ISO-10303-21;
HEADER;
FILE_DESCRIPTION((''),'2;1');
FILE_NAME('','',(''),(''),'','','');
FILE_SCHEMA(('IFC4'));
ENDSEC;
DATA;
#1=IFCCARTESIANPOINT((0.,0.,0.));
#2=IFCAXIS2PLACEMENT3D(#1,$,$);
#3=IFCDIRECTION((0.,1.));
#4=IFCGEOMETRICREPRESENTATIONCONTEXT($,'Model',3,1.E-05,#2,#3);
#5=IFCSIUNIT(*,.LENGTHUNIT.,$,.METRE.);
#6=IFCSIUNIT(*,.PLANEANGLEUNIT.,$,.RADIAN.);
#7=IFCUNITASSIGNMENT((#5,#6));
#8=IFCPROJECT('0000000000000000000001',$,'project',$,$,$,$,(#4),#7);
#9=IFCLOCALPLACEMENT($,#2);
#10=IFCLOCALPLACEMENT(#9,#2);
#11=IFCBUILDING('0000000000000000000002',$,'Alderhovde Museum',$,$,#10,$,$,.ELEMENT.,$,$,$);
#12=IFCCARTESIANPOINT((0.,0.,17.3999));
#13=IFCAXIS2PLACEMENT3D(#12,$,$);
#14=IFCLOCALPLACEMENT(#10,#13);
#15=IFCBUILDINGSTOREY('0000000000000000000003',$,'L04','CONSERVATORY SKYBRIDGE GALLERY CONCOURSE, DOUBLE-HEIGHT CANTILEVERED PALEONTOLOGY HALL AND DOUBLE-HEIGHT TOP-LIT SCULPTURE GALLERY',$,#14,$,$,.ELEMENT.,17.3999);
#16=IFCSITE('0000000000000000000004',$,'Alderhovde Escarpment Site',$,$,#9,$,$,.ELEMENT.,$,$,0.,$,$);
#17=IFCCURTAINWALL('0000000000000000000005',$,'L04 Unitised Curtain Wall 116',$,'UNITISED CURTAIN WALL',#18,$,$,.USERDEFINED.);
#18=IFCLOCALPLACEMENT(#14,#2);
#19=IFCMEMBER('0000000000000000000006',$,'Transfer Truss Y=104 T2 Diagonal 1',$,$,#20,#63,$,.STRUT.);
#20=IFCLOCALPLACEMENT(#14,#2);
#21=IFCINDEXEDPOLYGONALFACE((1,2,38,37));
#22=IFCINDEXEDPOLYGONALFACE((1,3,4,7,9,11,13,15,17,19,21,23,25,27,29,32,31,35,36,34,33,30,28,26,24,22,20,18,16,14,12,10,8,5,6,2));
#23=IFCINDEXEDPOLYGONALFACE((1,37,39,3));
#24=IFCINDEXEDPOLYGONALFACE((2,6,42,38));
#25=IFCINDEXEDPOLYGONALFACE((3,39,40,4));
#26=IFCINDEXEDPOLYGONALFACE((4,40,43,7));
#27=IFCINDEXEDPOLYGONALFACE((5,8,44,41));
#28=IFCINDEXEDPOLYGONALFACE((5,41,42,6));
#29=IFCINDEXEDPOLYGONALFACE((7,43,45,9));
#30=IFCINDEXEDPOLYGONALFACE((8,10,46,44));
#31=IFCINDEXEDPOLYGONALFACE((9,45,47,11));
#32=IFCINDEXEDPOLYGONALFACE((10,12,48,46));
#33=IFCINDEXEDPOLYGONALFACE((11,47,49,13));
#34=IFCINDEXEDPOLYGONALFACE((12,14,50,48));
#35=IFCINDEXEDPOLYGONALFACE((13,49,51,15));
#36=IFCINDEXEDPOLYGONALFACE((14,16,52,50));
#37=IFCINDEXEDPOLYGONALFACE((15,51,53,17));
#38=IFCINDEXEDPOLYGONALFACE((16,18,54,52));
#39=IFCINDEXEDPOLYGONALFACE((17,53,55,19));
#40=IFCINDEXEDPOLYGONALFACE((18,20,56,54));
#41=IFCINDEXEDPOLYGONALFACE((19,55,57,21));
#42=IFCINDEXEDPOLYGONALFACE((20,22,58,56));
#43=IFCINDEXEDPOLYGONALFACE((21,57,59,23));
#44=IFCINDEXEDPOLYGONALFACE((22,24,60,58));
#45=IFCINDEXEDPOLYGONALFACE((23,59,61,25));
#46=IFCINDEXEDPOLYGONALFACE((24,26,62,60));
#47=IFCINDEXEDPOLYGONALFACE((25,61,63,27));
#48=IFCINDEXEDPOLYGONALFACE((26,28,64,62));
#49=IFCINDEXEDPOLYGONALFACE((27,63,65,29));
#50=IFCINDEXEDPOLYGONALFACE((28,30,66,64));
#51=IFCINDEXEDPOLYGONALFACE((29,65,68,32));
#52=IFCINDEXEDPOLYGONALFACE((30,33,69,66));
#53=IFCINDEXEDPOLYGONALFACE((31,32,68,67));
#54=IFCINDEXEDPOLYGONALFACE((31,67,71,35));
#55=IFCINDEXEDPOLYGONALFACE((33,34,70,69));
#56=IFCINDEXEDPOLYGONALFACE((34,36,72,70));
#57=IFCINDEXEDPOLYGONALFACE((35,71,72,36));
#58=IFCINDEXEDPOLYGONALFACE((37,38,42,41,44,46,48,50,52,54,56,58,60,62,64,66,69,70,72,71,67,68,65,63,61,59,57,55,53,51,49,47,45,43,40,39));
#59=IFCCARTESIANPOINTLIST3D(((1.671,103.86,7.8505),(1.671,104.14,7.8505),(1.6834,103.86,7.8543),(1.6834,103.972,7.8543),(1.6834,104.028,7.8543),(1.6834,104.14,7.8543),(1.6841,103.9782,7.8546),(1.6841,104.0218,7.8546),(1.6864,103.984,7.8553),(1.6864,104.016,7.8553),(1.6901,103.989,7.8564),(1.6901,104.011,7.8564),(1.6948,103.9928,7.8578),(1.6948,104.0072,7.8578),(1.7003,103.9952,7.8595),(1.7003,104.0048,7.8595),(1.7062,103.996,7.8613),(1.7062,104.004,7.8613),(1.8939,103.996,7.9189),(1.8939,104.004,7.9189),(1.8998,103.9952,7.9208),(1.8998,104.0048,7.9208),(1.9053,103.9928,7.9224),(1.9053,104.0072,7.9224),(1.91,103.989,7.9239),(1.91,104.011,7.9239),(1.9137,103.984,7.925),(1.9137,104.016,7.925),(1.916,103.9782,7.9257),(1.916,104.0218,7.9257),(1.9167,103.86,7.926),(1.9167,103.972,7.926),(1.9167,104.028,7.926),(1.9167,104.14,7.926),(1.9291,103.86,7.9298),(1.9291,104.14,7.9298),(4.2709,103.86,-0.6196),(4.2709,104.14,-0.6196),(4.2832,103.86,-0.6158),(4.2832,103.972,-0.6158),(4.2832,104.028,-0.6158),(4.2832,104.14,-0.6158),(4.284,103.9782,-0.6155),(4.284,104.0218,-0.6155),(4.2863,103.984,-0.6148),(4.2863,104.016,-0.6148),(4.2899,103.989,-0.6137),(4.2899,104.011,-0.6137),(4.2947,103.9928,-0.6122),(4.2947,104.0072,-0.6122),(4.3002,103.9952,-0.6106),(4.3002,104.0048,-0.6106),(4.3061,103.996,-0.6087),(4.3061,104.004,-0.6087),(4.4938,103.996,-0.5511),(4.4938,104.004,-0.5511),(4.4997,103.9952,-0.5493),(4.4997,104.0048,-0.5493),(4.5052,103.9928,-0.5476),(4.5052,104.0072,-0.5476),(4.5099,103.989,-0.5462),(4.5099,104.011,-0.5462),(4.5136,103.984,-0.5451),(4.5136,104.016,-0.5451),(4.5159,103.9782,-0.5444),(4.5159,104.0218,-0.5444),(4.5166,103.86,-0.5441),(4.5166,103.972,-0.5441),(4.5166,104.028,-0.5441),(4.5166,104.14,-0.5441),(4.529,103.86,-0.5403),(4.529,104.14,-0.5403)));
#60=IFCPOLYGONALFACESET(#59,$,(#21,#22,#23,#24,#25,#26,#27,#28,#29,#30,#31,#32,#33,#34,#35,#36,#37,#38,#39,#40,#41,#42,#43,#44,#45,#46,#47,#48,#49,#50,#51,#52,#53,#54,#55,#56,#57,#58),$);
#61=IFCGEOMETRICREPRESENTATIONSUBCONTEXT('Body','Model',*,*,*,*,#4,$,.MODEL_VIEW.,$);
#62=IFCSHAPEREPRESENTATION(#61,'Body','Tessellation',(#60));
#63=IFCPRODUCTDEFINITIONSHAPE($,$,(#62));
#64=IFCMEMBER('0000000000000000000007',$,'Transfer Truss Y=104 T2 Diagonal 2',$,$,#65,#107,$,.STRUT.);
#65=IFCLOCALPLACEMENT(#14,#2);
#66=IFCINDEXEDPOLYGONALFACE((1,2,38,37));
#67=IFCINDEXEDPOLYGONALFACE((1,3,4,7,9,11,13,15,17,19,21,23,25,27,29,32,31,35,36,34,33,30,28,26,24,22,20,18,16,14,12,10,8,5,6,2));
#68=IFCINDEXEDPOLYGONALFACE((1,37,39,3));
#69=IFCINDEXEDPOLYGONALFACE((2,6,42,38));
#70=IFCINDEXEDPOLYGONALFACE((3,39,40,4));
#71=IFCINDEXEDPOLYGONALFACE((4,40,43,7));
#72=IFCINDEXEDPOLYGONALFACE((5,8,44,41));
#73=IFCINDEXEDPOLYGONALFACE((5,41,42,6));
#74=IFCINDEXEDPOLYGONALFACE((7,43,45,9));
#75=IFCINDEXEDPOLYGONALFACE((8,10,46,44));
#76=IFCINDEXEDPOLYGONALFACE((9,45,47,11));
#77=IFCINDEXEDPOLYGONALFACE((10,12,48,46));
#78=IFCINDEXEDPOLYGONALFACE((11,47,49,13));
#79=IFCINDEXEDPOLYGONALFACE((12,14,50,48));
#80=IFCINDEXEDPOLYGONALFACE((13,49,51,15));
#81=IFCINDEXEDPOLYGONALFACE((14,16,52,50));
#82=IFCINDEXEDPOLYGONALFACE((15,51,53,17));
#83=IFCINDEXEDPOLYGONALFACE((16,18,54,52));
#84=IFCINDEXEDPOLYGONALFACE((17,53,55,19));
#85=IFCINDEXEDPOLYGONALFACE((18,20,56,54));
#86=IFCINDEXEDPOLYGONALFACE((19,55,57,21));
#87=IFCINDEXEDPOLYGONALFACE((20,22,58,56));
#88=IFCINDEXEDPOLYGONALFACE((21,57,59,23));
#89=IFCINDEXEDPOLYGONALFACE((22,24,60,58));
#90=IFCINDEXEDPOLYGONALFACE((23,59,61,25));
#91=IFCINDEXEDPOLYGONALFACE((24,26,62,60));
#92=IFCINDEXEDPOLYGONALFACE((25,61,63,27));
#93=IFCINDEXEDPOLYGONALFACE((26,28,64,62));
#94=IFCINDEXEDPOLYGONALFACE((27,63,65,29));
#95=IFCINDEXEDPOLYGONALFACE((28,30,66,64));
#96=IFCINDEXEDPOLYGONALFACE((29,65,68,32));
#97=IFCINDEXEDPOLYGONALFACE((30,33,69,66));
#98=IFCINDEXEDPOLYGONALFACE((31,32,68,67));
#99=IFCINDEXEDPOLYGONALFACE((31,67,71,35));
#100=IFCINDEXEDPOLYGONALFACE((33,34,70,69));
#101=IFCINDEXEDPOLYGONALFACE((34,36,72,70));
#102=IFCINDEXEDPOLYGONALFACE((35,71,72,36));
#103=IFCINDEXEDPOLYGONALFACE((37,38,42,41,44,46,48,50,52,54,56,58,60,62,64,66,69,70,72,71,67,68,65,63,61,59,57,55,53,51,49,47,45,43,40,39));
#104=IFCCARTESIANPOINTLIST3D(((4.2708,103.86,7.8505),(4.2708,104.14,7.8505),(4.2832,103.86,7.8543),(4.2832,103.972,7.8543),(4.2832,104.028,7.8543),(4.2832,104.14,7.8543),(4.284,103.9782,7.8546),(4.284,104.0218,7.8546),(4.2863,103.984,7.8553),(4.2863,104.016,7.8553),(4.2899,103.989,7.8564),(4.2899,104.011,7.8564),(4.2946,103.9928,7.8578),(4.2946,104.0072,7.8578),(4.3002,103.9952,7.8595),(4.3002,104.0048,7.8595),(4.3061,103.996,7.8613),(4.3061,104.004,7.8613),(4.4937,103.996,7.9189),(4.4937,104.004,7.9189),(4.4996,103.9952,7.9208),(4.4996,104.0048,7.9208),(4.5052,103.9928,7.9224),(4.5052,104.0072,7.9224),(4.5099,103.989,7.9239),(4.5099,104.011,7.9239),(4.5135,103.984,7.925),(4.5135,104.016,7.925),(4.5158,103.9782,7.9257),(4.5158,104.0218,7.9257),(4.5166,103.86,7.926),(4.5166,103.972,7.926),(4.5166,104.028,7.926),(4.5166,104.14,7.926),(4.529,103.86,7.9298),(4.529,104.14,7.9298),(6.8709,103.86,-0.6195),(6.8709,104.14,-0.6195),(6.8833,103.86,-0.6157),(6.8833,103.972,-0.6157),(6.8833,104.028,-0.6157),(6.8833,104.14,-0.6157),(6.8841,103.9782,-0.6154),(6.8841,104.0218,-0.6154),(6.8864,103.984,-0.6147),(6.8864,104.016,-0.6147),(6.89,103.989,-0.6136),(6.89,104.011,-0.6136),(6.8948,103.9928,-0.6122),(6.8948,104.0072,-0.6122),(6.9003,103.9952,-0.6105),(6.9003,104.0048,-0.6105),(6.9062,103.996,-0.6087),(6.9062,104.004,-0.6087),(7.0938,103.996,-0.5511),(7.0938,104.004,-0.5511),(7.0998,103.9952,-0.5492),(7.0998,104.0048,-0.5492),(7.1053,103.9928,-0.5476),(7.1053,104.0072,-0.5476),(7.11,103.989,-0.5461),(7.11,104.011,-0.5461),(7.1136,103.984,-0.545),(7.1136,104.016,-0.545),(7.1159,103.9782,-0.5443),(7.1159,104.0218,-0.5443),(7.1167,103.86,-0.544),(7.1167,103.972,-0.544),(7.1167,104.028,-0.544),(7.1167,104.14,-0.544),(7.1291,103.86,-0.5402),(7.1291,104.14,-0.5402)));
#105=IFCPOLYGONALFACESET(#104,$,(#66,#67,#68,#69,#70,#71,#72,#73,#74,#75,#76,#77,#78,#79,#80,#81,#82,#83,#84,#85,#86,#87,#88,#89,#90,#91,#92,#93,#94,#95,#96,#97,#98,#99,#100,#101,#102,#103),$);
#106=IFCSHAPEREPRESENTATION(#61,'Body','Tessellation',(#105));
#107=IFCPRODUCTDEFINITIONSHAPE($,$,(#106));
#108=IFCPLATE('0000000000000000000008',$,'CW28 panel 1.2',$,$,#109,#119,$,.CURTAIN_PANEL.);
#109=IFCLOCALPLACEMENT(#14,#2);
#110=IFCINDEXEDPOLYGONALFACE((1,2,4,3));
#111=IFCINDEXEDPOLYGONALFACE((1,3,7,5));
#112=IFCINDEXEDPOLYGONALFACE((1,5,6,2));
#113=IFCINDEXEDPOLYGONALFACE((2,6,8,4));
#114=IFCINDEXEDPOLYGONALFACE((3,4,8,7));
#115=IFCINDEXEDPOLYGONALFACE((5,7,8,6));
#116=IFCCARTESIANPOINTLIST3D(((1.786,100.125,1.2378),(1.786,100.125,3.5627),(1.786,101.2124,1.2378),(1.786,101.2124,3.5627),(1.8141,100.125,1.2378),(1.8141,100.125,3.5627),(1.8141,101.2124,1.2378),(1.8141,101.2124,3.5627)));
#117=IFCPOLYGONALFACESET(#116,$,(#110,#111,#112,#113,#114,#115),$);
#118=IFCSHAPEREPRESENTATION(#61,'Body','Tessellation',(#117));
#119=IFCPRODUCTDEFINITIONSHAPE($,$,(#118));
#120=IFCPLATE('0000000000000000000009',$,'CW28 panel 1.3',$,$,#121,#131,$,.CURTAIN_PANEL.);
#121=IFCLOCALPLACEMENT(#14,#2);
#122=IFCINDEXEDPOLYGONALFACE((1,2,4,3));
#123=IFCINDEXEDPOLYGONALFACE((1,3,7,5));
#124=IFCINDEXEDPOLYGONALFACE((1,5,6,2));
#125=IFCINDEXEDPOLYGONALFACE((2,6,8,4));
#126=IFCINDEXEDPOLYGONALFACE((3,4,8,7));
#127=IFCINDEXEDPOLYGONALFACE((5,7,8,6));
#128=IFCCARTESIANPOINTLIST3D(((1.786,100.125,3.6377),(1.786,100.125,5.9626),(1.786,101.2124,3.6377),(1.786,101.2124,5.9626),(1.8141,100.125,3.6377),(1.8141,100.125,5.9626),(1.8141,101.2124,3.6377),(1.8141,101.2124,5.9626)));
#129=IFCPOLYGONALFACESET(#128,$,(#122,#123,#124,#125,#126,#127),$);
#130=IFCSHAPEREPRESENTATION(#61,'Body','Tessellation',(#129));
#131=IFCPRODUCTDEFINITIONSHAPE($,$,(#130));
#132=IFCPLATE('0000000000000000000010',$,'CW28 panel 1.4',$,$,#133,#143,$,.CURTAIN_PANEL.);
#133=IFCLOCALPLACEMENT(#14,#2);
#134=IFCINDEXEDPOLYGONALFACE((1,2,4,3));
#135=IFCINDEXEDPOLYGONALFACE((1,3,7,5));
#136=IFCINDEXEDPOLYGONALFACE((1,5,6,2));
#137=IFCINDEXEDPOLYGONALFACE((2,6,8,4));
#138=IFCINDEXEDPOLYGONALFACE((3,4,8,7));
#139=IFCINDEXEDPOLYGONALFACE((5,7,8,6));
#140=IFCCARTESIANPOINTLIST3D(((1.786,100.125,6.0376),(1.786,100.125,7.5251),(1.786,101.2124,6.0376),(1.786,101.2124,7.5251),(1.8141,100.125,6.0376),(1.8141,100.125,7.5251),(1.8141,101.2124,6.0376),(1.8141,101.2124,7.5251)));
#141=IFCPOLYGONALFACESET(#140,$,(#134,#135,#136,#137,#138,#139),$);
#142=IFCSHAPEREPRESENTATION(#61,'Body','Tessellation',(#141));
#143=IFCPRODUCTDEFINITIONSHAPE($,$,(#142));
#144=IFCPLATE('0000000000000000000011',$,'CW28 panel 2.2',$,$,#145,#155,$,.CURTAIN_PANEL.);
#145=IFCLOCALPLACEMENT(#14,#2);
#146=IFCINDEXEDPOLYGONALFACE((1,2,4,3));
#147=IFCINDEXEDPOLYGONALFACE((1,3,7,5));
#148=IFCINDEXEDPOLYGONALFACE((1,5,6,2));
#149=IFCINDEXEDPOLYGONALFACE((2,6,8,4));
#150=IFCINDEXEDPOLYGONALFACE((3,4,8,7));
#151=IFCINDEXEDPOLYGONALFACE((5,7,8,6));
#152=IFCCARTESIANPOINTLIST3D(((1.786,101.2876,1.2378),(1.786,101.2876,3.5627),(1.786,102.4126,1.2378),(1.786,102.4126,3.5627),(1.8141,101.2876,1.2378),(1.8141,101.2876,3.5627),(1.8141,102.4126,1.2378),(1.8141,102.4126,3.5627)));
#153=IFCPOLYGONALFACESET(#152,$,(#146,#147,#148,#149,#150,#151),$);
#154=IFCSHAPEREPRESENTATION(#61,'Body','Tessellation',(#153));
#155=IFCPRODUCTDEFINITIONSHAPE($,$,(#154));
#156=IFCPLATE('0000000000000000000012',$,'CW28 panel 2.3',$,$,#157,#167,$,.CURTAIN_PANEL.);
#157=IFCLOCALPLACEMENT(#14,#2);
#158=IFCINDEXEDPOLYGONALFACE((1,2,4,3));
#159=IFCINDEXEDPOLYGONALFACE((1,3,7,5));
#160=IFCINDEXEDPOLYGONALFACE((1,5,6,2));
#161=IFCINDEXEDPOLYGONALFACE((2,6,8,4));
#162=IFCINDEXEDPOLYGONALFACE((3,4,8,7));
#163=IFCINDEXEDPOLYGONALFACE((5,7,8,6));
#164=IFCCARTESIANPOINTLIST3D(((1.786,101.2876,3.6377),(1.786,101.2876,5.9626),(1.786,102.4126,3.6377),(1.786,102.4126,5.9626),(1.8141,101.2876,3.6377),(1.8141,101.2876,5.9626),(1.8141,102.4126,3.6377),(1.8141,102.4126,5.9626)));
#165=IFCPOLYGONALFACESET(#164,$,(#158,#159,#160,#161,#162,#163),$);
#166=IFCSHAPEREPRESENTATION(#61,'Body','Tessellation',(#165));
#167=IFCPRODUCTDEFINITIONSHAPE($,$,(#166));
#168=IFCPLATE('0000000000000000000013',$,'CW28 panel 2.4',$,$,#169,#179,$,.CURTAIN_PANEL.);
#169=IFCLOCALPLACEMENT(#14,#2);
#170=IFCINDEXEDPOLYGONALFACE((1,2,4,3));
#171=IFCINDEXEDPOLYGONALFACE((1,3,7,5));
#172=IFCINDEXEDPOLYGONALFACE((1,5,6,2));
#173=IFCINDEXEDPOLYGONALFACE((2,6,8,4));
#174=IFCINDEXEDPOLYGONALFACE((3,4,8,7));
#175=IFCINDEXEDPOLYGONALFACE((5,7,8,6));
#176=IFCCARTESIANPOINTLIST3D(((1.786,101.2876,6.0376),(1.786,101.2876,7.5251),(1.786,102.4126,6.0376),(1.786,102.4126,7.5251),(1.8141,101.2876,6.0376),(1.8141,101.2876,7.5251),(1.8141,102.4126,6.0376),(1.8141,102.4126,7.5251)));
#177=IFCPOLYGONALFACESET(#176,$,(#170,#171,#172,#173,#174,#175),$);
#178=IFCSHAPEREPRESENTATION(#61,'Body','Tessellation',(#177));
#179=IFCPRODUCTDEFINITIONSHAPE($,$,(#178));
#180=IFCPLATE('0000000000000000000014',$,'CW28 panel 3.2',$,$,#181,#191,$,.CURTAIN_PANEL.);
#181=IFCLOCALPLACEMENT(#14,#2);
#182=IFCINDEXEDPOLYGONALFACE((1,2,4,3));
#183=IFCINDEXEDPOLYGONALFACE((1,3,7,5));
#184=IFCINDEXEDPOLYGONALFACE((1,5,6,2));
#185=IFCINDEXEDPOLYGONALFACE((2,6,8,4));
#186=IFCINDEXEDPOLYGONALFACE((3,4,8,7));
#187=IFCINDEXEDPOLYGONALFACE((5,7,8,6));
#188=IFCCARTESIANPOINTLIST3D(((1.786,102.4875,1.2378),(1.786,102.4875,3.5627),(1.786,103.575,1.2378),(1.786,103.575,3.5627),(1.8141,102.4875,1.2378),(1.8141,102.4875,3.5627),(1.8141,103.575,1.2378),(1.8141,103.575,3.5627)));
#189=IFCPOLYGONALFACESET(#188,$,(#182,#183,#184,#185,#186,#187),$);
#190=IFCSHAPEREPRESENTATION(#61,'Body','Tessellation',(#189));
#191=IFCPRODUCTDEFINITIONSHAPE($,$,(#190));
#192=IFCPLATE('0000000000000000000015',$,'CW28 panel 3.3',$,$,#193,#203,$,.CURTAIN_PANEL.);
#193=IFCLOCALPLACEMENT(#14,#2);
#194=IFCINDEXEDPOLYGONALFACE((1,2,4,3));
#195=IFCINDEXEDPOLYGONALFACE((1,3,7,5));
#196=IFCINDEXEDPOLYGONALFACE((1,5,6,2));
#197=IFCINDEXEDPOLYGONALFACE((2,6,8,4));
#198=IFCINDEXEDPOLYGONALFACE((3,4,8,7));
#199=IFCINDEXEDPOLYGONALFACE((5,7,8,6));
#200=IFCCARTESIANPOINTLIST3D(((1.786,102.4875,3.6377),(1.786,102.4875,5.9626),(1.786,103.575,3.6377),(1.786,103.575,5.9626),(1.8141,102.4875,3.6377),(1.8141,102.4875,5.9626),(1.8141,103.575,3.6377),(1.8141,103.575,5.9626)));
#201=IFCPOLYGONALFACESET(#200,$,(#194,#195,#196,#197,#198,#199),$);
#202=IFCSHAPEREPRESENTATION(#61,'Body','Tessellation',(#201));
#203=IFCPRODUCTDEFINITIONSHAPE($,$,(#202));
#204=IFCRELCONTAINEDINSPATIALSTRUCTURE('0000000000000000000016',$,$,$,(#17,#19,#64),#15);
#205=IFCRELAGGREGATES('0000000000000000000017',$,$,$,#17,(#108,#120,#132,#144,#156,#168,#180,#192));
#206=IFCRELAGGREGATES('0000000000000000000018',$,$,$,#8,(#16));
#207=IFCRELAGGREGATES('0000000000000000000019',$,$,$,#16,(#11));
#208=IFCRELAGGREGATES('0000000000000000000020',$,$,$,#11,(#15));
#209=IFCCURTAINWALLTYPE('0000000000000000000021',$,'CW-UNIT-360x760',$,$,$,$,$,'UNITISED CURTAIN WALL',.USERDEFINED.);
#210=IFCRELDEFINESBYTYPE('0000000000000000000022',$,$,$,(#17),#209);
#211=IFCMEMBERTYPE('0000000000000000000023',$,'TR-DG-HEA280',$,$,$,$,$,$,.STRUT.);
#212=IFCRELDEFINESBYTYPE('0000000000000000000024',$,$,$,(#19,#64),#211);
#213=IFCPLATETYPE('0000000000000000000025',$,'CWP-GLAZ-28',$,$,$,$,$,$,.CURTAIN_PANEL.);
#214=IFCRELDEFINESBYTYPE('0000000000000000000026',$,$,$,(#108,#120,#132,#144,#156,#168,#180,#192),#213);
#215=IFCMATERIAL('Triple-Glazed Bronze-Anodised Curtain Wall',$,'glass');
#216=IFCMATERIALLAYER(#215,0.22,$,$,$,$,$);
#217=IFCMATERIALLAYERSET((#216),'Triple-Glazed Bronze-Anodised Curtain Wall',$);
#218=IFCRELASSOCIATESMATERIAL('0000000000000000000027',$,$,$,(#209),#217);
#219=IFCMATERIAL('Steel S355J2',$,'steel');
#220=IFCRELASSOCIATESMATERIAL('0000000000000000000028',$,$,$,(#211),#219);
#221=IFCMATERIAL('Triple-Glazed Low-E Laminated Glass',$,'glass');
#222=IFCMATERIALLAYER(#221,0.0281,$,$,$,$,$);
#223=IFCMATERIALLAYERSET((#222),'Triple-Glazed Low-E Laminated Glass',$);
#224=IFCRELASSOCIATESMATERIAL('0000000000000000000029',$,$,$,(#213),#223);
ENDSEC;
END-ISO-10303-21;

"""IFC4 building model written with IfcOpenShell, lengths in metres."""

from ifc_helpers import new_model, si_unit, direction, frame, origin, origin_2d, place, context, subcontext, project, spatial, rectangle, i_section, extrude, material, layer, layer_set, material_profile, profile_set, type_object, element, aggregate, save


model = new_model("IFC4")

# Units and contexts
model_context = context("Model", 3, precision=1e-05, world=origin(), true_north=direction((0.0, 1.0)))
body_context = subcontext(model_context, "Body", "Model", "MODEL_VIEW")
ifc_project = project(units=[si_unit("LENGTHUNIT", "METRE"), si_unit("PLANEANGLEUNIT", "RADIAN")], contexts=[model_context])

# Site, building, storey
site_placement = place(None, origin())
site = spatial("IfcSite", under=ifc_project, at=site_placement, Name="Alderhovde Escarpment Site", CompositionType="ELEMENT", RefElevation=0.0)
building_placement = place(site_placement, origin())
building = spatial("IfcBuilding", under=site, at=building_placement, Name="Alderhovde Museum", CompositionType="ELEMENT")
storey_placement = place(building_placement, frame((0.0, 0.0, 17.3999)))
storey = spatial("IfcBuildingStorey", under=building, at=storey_placement, Name="L04", Description="CONSERVATORY SKYBRIDGE GALLERY CONCOURSE, DOUBLE-HEIGHT CANTILEVERED PALEONTOLOGY HALL AND DOUBLE-HEIGHT TOP-LIT SCULPTURE GALLERY", CompositionType="ELEMENT", Elevation=17.3999)

# Curtain wall
ifc_material_1 = material(Name="Triple-Glazed Bronze-Anodised Curtain Wall", Category="glass")
ifc_layer_1 = layer(ifc_material_1, 0.22)
ifc_layer_set_1 = layer_set([ifc_layer_1], Name="Triple-Glazed Bronze-Anodised Curtain Wall")
curtain_wall_type_1 = type_object("IfcCurtainWallType", Name="CW-UNIT-360x760", ElementType="UNITISED CURTAIN WALL", PredefinedType="USERDEFINED", material=ifc_layer_set_1)
curtain_wall_1_placement = place(storey_placement, origin())
curtain_wall_1 = element("IfcCurtainWall", 1, at=curtain_wall_1_placement, inside=storey, type_object=curtain_wall_type_1, Name="L04 Unitised Curtain Wall 116", ObjectType="UNITISED CURTAIN WALL", PredefinedType="USERDEFINED")

# Members
ifc_material_2 = material(Name="Steel S355J2", Category="steel")
ifc_material_profile_1 = material_profile(ifc_material_2, i_section(OverallWidth=0.28, OverallDepth=0.27, WebThickness=0.0081, FlangeThickness=0.0129, FilletRadius=0.0239, at=origin_2d()), Name="HEA 280")
ifc_profile_set_1 = profile_set([ifc_material_profile_1], Name="Steel S355J2")
member_type_1 = type_object("IfcMemberType", Name="TR-DG-HEA280", PredefinedType="STRUT", material=ifc_profile_set_1)
for number, where, z_axis, x_axis, name in (
    (2, (1.8, 104.0, 7.8901), (0.293437, 0.0, -0.955978), (0.0, 1.0, 0.0), "Transfer Truss Y=104 T2 Diagonal 1"),
    (3, (4.3999, 104.0, 7.8901), (0.293462, 0.0, -0.955971), (0.0, 1.0, 0.0), "Transfer Truss Y=104 T2 Diagonal 2"),
):
    element("IfcMember", number, at=place(storey_placement, frame(where, z_axis=z_axis, x_axis=x_axis)), inside=storey, type_object=member_type_1, Name=name, PredefinedType="STRUT", context=body_context, shape_type="SweptSolid", body=[
        extrude(i_section(OverallWidth=0.28, OverallDepth=0.27, WebThickness=0.0081, FlangeThickness=0.0129, FilletRadius=0.0239, at=origin_2d()), origin(), (0.0, 0.0, 1.0), 8.8601),
    ])

# Plates
ifc_material_3 = material(Name="Triple-Glazed Low-E Laminated Glass", Category="glass")
ifc_layer_2 = layer(ifc_material_3, 0.0281)
ifc_layer_set_2 = layer_set([ifc_layer_2], Name="Triple-Glazed Low-E Laminated Glass")
plate_type_1 = type_object("IfcPlateType", Name="CWP-GLAZ-28", PredefinedType="CURTAIN_PANEL", material=ifc_layer_set_2)
plate_1_placement = place(storey_placement, frame((1.8, 100.6687, 1.2378), z_axis=(0.0, 0.0, 1.0), x_axis=(0.0, 1.0, 0.0)))
plate_1 = element("IfcPlate", 4, at=plate_1_placement, type_object=plate_type_1, Name="CW28 panel 1.2", PredefinedType="CURTAIN_PANEL", context=body_context, shape_type="SweptSolid", body=[
    extrude(rectangle(XDim=1.0874, YDim=0.0281, at=origin_2d()), origin(), (0.0, 0.0, 1.0), 2.325),
])
plate_2_placement = place(storey_placement, frame((1.8, 100.6687, 3.6377), z_axis=(0.0, 0.0, 1.0), x_axis=(0.0, 1.0, 0.0)))
plate_2 = element("IfcPlate", 5, at=plate_2_placement, type_object=plate_type_1, Name="CW28 panel 1.3", PredefinedType="CURTAIN_PANEL", context=body_context, shape_type="SweptSolid", body=[
    extrude(rectangle(XDim=1.0874, YDim=0.0281, at=origin_2d()), origin(), (0.0, 0.0, 1.0), 2.325),
])
plate_3_placement = place(storey_placement, frame((1.8, 100.6687, 6.0376), z_axis=(0.0, 0.0, 1.0), x_axis=(0.0, 1.0, 0.0)))
plate_3 = element("IfcPlate", 6, at=plate_3_placement, type_object=plate_type_1, Name="CW28 panel 1.4", PredefinedType="CURTAIN_PANEL", context=body_context, shape_type="SweptSolid", body=[
    extrude(rectangle(XDim=1.0874, YDim=0.0281, at=origin_2d()), origin(), (0.0, 0.0, 1.0), 1.4875),
])
plate_4_placement = place(storey_placement, frame((1.8, 101.8501, 1.2378), z_axis=(0.0, 0.0, 1.0), x_axis=(0.0, 1.0, 0.0)))
plate_4 = element("IfcPlate", 7, at=plate_4_placement, type_object=plate_type_1, Name="CW28 panel 2.2", PredefinedType="CURTAIN_PANEL", context=body_context, shape_type="SweptSolid", body=[
    extrude(rectangle(XDim=1.125, YDim=0.0281, at=origin_2d()), origin(), (0.0, 0.0, 1.0), 2.325),
])
plate_5_placement = place(storey_placement, frame((1.8, 101.8501, 3.6377), z_axis=(0.0, 0.0, 1.0), x_axis=(0.0, 1.0, 0.0)))
plate_5 = element("IfcPlate", 8, at=plate_5_placement, type_object=plate_type_1, Name="CW28 panel 2.3", PredefinedType="CURTAIN_PANEL", context=body_context, shape_type="SweptSolid", body=[
    extrude(rectangle(XDim=1.125, YDim=0.0281, at=origin_2d()), origin(), (0.0, 0.0, 1.0), 2.325),
])
plate_6_placement = place(storey_placement, frame((1.8, 101.8501, 6.0376), z_axis=(0.0, 0.0, 1.0), x_axis=(0.0, 1.0, 0.0)))
plate_6 = element("IfcPlate", 9, at=plate_6_placement, type_object=plate_type_1, Name="CW28 panel 2.4", PredefinedType="CURTAIN_PANEL", context=body_context, shape_type="SweptSolid", body=[
    extrude(rectangle(XDim=1.125, YDim=0.0281, at=origin_2d()), origin(), (0.0, 0.0, 1.0), 1.4875),
])
plate_7_placement = place(storey_placement, frame((1.8, 103.0312, 1.2378), z_axis=(0.0, 0.0, 1.0), x_axis=(0.0, 1.0, 0.0)))
plate_7 = element("IfcPlate", 10, at=plate_7_placement, type_object=plate_type_1, Name="CW28 panel 3.2", PredefinedType="CURTAIN_PANEL", context=body_context, shape_type="SweptSolid", body=[
    extrude(rectangle(XDim=1.0874, YDim=0.0281, at=origin_2d()), origin(), (0.0, 0.0, 1.0), 2.325),
])
plate_8_placement = place(storey_placement, frame((1.8, 103.0312, 3.6377), z_axis=(0.0, 0.0, 1.0), x_axis=(0.0, 1.0, 0.0)))
plate_8 = element("IfcPlate", 11, at=plate_8_placement, type_object=plate_type_1, Name="CW28 panel 3.3", PredefinedType="CURTAIN_PANEL", context=body_context, shape_type="SweptSolid", body=[
    extrude(rectangle(XDim=1.0874, YDim=0.0281, at=origin_2d()), origin(), (0.0, 0.0, 1.0), 2.325),
])
aggregate(curtain_wall_1, [plate_1, plate_2, plate_3, plate_4, plate_5, plate_6, plate_7, plate_8])

save(model, "model.ifc")
